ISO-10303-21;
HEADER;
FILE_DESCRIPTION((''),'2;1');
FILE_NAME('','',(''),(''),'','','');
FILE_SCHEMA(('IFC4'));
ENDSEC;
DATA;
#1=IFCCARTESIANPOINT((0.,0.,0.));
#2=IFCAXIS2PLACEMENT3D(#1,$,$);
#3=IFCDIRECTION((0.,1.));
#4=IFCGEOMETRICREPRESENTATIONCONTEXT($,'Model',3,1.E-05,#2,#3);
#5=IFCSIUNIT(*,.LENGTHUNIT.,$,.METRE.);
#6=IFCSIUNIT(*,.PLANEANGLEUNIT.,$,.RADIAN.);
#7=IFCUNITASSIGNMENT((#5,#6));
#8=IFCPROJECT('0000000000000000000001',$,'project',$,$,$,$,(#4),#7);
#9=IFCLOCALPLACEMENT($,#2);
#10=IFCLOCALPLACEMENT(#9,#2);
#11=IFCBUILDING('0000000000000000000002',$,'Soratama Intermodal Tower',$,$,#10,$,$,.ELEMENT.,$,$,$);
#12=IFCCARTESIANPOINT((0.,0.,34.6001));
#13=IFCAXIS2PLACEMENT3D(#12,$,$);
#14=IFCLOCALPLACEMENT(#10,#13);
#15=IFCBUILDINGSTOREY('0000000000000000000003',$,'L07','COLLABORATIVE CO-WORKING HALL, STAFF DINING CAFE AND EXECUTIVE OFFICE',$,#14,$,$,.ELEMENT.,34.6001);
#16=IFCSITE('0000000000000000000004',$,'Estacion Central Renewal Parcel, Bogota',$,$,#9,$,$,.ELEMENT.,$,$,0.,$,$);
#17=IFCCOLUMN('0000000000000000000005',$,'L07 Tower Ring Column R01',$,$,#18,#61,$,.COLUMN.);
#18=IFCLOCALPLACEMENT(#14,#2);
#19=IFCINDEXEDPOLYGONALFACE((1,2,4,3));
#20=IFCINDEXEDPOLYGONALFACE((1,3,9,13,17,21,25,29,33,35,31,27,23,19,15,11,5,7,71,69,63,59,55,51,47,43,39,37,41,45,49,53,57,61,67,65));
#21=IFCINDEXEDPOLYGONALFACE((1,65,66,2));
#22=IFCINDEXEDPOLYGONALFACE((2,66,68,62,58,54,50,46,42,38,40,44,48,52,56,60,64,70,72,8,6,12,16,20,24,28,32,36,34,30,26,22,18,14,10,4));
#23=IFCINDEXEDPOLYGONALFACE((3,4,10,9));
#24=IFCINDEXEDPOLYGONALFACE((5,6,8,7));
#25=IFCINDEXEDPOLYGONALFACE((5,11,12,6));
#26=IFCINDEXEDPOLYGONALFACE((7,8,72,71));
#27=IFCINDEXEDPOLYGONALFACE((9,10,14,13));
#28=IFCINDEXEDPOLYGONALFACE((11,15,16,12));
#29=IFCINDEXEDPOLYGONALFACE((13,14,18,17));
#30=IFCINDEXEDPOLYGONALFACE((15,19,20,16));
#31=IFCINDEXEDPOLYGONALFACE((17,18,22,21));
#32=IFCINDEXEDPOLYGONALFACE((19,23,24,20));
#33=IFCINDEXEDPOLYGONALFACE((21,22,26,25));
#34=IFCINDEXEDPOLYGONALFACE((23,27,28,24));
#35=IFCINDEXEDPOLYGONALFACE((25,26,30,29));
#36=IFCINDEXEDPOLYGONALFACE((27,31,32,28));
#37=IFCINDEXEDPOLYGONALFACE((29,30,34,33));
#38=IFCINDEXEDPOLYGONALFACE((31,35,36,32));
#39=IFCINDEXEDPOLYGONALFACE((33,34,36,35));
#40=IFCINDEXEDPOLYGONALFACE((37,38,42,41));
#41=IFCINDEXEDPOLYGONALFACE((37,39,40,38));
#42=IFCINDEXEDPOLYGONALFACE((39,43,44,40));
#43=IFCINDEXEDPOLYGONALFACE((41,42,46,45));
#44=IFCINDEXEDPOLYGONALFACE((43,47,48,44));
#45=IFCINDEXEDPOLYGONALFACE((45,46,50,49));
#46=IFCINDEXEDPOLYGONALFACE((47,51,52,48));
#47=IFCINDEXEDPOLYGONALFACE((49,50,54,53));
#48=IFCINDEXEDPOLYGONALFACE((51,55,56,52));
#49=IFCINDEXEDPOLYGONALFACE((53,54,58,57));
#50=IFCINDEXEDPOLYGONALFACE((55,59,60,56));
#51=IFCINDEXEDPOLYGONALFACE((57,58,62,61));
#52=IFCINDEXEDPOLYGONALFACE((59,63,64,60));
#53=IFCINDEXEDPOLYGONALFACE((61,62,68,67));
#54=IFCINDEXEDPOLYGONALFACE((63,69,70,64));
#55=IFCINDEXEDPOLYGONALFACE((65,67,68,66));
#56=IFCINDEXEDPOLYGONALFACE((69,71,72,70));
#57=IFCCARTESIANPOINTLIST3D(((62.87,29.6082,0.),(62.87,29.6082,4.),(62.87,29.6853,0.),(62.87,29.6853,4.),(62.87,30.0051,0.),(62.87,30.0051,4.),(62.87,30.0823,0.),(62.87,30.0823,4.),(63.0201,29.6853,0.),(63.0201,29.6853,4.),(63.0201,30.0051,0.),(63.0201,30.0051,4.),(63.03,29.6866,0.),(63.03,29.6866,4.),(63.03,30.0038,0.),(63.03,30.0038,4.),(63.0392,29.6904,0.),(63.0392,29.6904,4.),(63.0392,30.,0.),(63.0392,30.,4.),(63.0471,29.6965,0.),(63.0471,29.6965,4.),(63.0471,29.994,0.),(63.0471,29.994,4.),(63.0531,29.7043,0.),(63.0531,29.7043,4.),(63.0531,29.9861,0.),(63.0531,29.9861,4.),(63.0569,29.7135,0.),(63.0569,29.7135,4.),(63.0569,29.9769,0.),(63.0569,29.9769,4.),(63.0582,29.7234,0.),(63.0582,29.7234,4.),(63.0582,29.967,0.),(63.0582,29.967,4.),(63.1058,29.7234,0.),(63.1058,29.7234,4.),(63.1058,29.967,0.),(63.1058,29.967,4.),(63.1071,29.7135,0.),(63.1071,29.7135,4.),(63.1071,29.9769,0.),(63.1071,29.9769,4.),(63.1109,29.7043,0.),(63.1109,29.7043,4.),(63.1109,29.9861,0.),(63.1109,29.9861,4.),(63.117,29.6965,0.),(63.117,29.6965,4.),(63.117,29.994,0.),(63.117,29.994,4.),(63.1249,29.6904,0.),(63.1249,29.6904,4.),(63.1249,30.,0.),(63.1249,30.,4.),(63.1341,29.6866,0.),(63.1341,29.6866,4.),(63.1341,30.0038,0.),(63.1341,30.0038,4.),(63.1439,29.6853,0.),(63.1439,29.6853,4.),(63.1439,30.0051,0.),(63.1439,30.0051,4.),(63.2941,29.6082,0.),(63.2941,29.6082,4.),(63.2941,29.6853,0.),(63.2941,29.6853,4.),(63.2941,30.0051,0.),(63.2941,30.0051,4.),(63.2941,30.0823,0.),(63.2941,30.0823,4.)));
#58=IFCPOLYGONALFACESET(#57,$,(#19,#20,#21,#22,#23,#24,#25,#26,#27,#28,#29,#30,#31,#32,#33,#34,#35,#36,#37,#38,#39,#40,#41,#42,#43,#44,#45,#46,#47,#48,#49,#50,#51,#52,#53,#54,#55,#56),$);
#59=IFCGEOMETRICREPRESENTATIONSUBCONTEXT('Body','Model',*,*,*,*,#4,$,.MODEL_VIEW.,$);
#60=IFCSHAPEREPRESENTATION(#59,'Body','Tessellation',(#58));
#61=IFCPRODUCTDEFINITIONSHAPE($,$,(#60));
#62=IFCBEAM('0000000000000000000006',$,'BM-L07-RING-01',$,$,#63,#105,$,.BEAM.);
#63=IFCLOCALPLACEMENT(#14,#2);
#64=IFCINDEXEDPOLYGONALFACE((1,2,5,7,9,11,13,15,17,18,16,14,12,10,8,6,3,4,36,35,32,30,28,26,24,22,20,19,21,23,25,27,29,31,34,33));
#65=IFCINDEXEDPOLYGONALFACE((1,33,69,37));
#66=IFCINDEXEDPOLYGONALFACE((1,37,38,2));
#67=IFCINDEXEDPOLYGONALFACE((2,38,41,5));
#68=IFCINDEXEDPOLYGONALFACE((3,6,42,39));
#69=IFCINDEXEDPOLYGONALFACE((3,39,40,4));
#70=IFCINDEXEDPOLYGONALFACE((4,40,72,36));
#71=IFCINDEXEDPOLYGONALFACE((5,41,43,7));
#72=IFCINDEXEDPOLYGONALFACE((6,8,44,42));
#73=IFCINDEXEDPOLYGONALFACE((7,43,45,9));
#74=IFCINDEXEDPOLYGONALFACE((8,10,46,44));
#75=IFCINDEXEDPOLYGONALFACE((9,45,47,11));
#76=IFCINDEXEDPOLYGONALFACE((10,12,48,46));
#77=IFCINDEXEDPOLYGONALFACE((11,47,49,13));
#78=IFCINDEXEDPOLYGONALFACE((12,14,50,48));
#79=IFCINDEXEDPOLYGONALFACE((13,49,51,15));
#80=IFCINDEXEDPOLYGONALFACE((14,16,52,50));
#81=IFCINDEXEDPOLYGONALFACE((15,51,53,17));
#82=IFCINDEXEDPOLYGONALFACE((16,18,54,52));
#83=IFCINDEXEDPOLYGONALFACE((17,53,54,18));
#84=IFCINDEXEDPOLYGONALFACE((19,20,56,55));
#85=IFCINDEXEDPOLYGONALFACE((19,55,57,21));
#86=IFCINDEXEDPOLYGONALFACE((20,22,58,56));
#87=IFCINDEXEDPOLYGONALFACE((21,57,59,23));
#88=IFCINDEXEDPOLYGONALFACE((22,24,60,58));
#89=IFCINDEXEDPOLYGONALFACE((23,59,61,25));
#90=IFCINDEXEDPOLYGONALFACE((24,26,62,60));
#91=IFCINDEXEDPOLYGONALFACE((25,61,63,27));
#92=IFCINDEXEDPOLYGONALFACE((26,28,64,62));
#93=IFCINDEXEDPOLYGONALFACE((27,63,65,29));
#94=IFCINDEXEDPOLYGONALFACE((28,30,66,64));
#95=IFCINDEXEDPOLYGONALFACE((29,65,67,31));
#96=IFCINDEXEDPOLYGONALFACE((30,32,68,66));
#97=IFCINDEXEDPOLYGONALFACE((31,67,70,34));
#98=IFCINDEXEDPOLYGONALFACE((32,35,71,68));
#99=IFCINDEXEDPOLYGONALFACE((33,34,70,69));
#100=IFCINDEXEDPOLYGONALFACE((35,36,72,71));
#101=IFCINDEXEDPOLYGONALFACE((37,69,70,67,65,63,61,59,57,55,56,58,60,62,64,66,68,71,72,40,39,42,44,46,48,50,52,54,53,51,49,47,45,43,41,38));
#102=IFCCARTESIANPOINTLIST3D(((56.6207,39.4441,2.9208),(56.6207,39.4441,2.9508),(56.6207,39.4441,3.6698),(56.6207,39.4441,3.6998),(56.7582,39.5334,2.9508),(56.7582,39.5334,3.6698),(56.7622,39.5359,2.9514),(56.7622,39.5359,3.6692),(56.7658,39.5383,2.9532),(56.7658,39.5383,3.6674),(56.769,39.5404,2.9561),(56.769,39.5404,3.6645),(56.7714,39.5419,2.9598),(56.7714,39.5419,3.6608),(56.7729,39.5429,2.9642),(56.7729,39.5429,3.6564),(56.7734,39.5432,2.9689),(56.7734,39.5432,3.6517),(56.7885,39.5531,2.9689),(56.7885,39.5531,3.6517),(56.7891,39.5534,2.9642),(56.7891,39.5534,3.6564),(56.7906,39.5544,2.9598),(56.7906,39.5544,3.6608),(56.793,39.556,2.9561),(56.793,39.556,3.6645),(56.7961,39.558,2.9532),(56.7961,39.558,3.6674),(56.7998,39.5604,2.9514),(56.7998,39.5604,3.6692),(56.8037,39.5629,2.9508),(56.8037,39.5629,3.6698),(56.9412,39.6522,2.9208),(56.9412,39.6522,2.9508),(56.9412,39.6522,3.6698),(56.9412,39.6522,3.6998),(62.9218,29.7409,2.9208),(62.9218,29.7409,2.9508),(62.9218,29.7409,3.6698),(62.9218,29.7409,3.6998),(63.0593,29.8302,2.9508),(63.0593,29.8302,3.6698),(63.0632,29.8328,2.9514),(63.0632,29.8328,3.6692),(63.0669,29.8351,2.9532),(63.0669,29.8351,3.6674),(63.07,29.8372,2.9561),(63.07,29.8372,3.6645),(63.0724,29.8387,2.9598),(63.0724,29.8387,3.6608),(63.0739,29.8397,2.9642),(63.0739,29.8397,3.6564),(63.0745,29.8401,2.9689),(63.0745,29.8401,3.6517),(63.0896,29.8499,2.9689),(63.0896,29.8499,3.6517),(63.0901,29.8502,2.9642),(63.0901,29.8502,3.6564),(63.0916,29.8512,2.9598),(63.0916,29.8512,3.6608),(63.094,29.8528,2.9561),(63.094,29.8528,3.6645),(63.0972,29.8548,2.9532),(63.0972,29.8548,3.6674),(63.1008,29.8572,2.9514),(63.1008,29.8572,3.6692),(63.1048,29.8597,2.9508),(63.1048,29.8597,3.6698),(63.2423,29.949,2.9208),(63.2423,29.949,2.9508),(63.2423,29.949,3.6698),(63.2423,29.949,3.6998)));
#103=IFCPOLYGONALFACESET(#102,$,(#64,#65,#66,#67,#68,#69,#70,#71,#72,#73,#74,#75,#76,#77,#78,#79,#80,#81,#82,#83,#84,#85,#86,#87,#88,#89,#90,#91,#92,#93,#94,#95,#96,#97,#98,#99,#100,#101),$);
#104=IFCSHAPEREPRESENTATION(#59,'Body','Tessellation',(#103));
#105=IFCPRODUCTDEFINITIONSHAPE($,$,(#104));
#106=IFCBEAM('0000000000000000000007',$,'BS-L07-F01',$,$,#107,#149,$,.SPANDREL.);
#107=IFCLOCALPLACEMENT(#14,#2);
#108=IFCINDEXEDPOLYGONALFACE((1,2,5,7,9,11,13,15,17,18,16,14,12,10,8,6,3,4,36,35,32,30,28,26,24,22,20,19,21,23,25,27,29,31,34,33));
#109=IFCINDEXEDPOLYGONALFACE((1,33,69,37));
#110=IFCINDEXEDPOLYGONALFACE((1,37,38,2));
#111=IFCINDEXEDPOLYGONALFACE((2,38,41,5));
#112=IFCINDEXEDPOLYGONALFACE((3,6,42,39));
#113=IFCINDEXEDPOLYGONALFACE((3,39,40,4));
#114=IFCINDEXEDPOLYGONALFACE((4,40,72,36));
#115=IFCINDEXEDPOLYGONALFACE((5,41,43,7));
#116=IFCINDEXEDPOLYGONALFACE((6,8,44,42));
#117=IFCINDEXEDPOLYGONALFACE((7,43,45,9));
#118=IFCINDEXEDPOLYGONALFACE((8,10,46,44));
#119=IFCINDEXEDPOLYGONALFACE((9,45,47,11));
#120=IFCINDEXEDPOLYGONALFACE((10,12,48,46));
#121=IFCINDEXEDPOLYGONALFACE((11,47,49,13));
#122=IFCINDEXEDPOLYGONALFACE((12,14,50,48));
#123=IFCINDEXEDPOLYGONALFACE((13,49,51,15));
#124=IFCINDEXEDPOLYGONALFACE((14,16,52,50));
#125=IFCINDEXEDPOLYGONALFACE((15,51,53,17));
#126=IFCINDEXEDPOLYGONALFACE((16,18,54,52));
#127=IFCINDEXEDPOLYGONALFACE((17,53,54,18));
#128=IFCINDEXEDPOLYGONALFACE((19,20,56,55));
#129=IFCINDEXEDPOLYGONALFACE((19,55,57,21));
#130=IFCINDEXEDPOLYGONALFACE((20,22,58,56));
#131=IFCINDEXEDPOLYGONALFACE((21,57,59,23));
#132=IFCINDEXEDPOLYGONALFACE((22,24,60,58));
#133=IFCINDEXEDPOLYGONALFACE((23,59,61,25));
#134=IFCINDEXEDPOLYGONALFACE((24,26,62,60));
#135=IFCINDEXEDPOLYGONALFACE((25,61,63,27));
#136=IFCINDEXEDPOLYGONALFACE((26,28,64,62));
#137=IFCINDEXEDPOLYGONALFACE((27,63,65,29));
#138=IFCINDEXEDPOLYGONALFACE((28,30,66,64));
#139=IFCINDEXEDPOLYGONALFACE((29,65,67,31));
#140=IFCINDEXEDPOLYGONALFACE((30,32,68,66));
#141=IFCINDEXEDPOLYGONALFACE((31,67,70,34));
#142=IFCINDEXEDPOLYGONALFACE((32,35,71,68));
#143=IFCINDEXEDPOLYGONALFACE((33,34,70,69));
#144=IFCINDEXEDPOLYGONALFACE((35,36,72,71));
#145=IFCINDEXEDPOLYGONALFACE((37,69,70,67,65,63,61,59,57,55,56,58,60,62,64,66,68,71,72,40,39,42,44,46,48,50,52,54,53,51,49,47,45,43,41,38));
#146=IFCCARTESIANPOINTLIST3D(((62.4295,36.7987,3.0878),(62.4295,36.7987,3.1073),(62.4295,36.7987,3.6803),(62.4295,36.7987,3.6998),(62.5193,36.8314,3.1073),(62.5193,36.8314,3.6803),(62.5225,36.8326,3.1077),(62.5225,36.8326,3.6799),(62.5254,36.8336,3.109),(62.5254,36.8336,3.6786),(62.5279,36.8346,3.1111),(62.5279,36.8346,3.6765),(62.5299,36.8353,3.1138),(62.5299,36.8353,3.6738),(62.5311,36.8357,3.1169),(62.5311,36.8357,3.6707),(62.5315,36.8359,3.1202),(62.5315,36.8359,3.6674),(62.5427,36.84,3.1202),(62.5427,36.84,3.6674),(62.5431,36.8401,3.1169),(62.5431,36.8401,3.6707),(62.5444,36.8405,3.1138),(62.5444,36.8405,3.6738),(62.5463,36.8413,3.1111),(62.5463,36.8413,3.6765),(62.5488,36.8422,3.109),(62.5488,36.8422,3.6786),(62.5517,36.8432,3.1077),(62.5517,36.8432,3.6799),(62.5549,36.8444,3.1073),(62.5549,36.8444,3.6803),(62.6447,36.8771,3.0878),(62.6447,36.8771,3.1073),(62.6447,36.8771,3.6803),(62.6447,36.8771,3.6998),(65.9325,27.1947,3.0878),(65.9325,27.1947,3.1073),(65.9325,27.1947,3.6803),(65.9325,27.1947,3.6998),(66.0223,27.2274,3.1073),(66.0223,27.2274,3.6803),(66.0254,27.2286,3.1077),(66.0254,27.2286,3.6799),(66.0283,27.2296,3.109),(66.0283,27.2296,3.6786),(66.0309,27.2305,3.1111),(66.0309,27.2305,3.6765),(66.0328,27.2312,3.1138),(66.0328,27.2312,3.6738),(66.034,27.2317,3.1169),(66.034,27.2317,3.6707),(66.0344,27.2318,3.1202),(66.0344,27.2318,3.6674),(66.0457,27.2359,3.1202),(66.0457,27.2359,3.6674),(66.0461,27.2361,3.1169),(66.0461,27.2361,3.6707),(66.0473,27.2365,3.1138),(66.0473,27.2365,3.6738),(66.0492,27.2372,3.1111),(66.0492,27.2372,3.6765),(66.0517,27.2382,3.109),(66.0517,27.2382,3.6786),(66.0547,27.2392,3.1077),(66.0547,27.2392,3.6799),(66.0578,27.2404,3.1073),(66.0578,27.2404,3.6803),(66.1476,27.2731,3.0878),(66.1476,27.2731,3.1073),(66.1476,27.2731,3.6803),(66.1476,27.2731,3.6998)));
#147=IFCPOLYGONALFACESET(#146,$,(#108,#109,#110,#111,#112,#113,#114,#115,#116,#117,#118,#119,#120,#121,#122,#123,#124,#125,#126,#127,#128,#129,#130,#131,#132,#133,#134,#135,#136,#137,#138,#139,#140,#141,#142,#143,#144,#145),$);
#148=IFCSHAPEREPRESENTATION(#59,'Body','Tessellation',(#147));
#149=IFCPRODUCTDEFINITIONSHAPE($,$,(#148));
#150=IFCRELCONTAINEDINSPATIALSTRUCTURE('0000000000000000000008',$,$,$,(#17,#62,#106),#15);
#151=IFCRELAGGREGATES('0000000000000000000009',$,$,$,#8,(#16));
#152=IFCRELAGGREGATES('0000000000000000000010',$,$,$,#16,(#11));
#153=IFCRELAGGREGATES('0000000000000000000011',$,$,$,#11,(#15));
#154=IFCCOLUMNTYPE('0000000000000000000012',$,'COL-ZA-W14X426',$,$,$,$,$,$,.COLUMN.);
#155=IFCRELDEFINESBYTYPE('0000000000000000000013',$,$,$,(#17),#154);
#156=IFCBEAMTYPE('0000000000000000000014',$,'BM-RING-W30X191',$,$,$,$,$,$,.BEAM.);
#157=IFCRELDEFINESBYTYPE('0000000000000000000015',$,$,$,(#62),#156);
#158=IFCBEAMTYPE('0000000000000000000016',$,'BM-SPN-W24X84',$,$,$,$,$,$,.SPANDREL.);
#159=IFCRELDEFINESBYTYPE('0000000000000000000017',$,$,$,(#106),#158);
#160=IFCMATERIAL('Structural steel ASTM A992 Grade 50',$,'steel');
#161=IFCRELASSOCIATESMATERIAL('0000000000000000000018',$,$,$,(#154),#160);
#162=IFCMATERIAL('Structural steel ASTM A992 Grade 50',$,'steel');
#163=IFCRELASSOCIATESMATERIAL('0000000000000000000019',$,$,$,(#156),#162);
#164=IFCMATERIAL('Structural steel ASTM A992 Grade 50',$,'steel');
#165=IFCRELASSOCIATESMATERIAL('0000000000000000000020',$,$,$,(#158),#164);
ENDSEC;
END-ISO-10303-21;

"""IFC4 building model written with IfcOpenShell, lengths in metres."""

from ifc_helpers import new_model, si_unit, direction, frame, origin, origin_2d, place, context, subcontext, project, spatial, i_section, extrude, material, material_profile, profile_set, type_object, element, save


model = new_model("IFC4")

# Units and contexts
model_context = context("Model", 3, precision=1e-05, world=origin(), true_north=direction((0.0, 1.0)))
body_context = subcontext(model_context, "Body", "Model", "MODEL_VIEW")
ifc_project = project(units=[si_unit("LENGTHUNIT", "METRE"), si_unit("PLANEANGLEUNIT", "RADIAN")], contexts=[model_context])

# Site, building, storey
site_placement = place(None, origin())
site = spatial("IfcSite", under=ifc_project, at=site_placement, Name="Estacion Central Renewal Parcel, Bogota", CompositionType="ELEMENT", RefElevation=0.0)
building_placement = place(site_placement, origin())
building = spatial("IfcBuilding", under=site, at=building_placement, Name="Soratama Intermodal Tower", CompositionType="ELEMENT")
storey_placement = place(building_placement, frame((0.0, 0.0, 34.6001)))
storey = spatial("IfcBuildingStorey", under=building, at=storey_placement, Name="L07", Description="COLLABORATIVE CO-WORKING HALL, STAFF DINING CAFE AND EXECUTIVE OFFICE", CompositionType="ELEMENT", Elevation=34.6001)

# Column
ifc_material_1 = material(Name="Structural steel ASTM A992 Grade 50", Category="steel")
ifc_material_profile_1 = material_profile(ifc_material_1, i_section(OverallWidth=0.4241, OverallDepth=0.4741, WebThickness=0.0476, FlangeThickness=0.0771, FilletRadius=0.0381, at=origin_2d()), Name="W14X426")
ifc_profile_set_1 = profile_set([ifc_material_profile_1], Name="Structural steel ASTM A992 Grade 50")
column_type = type_object("IfcColumnType", Name="COL-ZA-W14X426", PredefinedType="COLUMN", material=ifc_profile_set_1)
column_placement = place(storey_placement, frame((63.082, 29.8452, 0.0), z_axis=(0.0, 0.0, 1.0), x_axis=(1.0, 0.0, 0.0)))
element("IfcColumn", 1, at=column_placement, inside=storey, type_object=column_type, Name="L07 Tower Ring Column R01", PredefinedType="COLUMN", context=body_context, shape_type="SweptSolid", body=[
    extrude(i_section(OverallWidth=0.4241, OverallDepth=0.4741, WebThickness=0.0476, FlangeThickness=0.0771, FilletRadius=0.0381, at=origin_2d()), origin(), (0.0, 0.0, 1.0), 4.0),
])

# Beams
ifc_material_2 = material(Name="Structural steel ASTM A992 Grade 50", Category="steel")
ifc_material_profile_2 = material_profile(ifc_material_2, i_section(OverallWidth=0.3821, OverallDepth=0.7791, WebThickness=0.0181, FlangeThickness=0.03, FilletRadius=0.0181, at=origin_2d()), Name="W30X191")
ifc_profile_set_2 = profile_set([ifc_material_profile_2], Name="Structural steel ASTM A992 Grade 50")
beam_type_1 = type_object("IfcBeamType", Name="BM-RING-W30X191", PredefinedType="BEAM", material=ifc_profile_set_2)
beam_1_placement = place(storey_placement, frame((63.082, 29.845, 3.3103), z_axis=(-0.544623, 0.838681, 0.0), x_axis=(-0.838681, -0.544623, 0.0)))
element("IfcBeam", 2, at=beam_1_placement, inside=storey, type_object=beam_type_1, Name="BM-L07-RING-01", PredefinedType="BEAM", context=body_context, shape_type="SweptSolid", body=[
    extrude(i_section(OverallWidth=0.3821, OverallDepth=0.7791, WebThickness=0.0181, FlangeThickness=0.03, FilletRadius=0.0181, at=origin_2d()), origin(), (0.0, 0.0, 1.0), 11.5696),
])
ifc_material_3 = material(Name="Structural steel ASTM A992 Grade 50", Category="steel")
ifc_material_profile_3 = material_profile(ifc_material_3, i_section(OverallWidth=0.229, OverallDepth=0.6121, WebThickness=0.012, FlangeThickness=0.0195, FilletRadius=0.0129, at=origin_2d()), Name="W24X84")
ifc_profile_set_3 = profile_set([ifc_material_profile_3], Name="Structural steel ASTM A992 Grade 50")
beam_type_2 = type_object("IfcBeamType", Name="BM-SPN-W24X84", PredefinedType="SPANDREL", material=ifc_profile_set_3)
beam_2_placement = place(storey_placement, frame((66.04, 27.2339, 3.3938), z_axis=(-0.342656, 0.939461, 0.0), x_axis=(-0.939461, -0.342656, 0.0)))
element("IfcBeam", 3, at=beam_2_placement, inside=storey, type_object=beam_type_2, Name="BS-L07-F01", PredefinedType="SPANDREL", context=body_context, shape_type="SweptSolid", body=[
    extrude(i_section(OverallWidth=0.229, OverallDepth=0.6121, WebThickness=0.012, FlangeThickness=0.0195, FilletRadius=0.0129, at=origin_2d()), origin(), (0.0, 0.0, 1.0), 10.2229),
])

save(model, "model.ifc")
